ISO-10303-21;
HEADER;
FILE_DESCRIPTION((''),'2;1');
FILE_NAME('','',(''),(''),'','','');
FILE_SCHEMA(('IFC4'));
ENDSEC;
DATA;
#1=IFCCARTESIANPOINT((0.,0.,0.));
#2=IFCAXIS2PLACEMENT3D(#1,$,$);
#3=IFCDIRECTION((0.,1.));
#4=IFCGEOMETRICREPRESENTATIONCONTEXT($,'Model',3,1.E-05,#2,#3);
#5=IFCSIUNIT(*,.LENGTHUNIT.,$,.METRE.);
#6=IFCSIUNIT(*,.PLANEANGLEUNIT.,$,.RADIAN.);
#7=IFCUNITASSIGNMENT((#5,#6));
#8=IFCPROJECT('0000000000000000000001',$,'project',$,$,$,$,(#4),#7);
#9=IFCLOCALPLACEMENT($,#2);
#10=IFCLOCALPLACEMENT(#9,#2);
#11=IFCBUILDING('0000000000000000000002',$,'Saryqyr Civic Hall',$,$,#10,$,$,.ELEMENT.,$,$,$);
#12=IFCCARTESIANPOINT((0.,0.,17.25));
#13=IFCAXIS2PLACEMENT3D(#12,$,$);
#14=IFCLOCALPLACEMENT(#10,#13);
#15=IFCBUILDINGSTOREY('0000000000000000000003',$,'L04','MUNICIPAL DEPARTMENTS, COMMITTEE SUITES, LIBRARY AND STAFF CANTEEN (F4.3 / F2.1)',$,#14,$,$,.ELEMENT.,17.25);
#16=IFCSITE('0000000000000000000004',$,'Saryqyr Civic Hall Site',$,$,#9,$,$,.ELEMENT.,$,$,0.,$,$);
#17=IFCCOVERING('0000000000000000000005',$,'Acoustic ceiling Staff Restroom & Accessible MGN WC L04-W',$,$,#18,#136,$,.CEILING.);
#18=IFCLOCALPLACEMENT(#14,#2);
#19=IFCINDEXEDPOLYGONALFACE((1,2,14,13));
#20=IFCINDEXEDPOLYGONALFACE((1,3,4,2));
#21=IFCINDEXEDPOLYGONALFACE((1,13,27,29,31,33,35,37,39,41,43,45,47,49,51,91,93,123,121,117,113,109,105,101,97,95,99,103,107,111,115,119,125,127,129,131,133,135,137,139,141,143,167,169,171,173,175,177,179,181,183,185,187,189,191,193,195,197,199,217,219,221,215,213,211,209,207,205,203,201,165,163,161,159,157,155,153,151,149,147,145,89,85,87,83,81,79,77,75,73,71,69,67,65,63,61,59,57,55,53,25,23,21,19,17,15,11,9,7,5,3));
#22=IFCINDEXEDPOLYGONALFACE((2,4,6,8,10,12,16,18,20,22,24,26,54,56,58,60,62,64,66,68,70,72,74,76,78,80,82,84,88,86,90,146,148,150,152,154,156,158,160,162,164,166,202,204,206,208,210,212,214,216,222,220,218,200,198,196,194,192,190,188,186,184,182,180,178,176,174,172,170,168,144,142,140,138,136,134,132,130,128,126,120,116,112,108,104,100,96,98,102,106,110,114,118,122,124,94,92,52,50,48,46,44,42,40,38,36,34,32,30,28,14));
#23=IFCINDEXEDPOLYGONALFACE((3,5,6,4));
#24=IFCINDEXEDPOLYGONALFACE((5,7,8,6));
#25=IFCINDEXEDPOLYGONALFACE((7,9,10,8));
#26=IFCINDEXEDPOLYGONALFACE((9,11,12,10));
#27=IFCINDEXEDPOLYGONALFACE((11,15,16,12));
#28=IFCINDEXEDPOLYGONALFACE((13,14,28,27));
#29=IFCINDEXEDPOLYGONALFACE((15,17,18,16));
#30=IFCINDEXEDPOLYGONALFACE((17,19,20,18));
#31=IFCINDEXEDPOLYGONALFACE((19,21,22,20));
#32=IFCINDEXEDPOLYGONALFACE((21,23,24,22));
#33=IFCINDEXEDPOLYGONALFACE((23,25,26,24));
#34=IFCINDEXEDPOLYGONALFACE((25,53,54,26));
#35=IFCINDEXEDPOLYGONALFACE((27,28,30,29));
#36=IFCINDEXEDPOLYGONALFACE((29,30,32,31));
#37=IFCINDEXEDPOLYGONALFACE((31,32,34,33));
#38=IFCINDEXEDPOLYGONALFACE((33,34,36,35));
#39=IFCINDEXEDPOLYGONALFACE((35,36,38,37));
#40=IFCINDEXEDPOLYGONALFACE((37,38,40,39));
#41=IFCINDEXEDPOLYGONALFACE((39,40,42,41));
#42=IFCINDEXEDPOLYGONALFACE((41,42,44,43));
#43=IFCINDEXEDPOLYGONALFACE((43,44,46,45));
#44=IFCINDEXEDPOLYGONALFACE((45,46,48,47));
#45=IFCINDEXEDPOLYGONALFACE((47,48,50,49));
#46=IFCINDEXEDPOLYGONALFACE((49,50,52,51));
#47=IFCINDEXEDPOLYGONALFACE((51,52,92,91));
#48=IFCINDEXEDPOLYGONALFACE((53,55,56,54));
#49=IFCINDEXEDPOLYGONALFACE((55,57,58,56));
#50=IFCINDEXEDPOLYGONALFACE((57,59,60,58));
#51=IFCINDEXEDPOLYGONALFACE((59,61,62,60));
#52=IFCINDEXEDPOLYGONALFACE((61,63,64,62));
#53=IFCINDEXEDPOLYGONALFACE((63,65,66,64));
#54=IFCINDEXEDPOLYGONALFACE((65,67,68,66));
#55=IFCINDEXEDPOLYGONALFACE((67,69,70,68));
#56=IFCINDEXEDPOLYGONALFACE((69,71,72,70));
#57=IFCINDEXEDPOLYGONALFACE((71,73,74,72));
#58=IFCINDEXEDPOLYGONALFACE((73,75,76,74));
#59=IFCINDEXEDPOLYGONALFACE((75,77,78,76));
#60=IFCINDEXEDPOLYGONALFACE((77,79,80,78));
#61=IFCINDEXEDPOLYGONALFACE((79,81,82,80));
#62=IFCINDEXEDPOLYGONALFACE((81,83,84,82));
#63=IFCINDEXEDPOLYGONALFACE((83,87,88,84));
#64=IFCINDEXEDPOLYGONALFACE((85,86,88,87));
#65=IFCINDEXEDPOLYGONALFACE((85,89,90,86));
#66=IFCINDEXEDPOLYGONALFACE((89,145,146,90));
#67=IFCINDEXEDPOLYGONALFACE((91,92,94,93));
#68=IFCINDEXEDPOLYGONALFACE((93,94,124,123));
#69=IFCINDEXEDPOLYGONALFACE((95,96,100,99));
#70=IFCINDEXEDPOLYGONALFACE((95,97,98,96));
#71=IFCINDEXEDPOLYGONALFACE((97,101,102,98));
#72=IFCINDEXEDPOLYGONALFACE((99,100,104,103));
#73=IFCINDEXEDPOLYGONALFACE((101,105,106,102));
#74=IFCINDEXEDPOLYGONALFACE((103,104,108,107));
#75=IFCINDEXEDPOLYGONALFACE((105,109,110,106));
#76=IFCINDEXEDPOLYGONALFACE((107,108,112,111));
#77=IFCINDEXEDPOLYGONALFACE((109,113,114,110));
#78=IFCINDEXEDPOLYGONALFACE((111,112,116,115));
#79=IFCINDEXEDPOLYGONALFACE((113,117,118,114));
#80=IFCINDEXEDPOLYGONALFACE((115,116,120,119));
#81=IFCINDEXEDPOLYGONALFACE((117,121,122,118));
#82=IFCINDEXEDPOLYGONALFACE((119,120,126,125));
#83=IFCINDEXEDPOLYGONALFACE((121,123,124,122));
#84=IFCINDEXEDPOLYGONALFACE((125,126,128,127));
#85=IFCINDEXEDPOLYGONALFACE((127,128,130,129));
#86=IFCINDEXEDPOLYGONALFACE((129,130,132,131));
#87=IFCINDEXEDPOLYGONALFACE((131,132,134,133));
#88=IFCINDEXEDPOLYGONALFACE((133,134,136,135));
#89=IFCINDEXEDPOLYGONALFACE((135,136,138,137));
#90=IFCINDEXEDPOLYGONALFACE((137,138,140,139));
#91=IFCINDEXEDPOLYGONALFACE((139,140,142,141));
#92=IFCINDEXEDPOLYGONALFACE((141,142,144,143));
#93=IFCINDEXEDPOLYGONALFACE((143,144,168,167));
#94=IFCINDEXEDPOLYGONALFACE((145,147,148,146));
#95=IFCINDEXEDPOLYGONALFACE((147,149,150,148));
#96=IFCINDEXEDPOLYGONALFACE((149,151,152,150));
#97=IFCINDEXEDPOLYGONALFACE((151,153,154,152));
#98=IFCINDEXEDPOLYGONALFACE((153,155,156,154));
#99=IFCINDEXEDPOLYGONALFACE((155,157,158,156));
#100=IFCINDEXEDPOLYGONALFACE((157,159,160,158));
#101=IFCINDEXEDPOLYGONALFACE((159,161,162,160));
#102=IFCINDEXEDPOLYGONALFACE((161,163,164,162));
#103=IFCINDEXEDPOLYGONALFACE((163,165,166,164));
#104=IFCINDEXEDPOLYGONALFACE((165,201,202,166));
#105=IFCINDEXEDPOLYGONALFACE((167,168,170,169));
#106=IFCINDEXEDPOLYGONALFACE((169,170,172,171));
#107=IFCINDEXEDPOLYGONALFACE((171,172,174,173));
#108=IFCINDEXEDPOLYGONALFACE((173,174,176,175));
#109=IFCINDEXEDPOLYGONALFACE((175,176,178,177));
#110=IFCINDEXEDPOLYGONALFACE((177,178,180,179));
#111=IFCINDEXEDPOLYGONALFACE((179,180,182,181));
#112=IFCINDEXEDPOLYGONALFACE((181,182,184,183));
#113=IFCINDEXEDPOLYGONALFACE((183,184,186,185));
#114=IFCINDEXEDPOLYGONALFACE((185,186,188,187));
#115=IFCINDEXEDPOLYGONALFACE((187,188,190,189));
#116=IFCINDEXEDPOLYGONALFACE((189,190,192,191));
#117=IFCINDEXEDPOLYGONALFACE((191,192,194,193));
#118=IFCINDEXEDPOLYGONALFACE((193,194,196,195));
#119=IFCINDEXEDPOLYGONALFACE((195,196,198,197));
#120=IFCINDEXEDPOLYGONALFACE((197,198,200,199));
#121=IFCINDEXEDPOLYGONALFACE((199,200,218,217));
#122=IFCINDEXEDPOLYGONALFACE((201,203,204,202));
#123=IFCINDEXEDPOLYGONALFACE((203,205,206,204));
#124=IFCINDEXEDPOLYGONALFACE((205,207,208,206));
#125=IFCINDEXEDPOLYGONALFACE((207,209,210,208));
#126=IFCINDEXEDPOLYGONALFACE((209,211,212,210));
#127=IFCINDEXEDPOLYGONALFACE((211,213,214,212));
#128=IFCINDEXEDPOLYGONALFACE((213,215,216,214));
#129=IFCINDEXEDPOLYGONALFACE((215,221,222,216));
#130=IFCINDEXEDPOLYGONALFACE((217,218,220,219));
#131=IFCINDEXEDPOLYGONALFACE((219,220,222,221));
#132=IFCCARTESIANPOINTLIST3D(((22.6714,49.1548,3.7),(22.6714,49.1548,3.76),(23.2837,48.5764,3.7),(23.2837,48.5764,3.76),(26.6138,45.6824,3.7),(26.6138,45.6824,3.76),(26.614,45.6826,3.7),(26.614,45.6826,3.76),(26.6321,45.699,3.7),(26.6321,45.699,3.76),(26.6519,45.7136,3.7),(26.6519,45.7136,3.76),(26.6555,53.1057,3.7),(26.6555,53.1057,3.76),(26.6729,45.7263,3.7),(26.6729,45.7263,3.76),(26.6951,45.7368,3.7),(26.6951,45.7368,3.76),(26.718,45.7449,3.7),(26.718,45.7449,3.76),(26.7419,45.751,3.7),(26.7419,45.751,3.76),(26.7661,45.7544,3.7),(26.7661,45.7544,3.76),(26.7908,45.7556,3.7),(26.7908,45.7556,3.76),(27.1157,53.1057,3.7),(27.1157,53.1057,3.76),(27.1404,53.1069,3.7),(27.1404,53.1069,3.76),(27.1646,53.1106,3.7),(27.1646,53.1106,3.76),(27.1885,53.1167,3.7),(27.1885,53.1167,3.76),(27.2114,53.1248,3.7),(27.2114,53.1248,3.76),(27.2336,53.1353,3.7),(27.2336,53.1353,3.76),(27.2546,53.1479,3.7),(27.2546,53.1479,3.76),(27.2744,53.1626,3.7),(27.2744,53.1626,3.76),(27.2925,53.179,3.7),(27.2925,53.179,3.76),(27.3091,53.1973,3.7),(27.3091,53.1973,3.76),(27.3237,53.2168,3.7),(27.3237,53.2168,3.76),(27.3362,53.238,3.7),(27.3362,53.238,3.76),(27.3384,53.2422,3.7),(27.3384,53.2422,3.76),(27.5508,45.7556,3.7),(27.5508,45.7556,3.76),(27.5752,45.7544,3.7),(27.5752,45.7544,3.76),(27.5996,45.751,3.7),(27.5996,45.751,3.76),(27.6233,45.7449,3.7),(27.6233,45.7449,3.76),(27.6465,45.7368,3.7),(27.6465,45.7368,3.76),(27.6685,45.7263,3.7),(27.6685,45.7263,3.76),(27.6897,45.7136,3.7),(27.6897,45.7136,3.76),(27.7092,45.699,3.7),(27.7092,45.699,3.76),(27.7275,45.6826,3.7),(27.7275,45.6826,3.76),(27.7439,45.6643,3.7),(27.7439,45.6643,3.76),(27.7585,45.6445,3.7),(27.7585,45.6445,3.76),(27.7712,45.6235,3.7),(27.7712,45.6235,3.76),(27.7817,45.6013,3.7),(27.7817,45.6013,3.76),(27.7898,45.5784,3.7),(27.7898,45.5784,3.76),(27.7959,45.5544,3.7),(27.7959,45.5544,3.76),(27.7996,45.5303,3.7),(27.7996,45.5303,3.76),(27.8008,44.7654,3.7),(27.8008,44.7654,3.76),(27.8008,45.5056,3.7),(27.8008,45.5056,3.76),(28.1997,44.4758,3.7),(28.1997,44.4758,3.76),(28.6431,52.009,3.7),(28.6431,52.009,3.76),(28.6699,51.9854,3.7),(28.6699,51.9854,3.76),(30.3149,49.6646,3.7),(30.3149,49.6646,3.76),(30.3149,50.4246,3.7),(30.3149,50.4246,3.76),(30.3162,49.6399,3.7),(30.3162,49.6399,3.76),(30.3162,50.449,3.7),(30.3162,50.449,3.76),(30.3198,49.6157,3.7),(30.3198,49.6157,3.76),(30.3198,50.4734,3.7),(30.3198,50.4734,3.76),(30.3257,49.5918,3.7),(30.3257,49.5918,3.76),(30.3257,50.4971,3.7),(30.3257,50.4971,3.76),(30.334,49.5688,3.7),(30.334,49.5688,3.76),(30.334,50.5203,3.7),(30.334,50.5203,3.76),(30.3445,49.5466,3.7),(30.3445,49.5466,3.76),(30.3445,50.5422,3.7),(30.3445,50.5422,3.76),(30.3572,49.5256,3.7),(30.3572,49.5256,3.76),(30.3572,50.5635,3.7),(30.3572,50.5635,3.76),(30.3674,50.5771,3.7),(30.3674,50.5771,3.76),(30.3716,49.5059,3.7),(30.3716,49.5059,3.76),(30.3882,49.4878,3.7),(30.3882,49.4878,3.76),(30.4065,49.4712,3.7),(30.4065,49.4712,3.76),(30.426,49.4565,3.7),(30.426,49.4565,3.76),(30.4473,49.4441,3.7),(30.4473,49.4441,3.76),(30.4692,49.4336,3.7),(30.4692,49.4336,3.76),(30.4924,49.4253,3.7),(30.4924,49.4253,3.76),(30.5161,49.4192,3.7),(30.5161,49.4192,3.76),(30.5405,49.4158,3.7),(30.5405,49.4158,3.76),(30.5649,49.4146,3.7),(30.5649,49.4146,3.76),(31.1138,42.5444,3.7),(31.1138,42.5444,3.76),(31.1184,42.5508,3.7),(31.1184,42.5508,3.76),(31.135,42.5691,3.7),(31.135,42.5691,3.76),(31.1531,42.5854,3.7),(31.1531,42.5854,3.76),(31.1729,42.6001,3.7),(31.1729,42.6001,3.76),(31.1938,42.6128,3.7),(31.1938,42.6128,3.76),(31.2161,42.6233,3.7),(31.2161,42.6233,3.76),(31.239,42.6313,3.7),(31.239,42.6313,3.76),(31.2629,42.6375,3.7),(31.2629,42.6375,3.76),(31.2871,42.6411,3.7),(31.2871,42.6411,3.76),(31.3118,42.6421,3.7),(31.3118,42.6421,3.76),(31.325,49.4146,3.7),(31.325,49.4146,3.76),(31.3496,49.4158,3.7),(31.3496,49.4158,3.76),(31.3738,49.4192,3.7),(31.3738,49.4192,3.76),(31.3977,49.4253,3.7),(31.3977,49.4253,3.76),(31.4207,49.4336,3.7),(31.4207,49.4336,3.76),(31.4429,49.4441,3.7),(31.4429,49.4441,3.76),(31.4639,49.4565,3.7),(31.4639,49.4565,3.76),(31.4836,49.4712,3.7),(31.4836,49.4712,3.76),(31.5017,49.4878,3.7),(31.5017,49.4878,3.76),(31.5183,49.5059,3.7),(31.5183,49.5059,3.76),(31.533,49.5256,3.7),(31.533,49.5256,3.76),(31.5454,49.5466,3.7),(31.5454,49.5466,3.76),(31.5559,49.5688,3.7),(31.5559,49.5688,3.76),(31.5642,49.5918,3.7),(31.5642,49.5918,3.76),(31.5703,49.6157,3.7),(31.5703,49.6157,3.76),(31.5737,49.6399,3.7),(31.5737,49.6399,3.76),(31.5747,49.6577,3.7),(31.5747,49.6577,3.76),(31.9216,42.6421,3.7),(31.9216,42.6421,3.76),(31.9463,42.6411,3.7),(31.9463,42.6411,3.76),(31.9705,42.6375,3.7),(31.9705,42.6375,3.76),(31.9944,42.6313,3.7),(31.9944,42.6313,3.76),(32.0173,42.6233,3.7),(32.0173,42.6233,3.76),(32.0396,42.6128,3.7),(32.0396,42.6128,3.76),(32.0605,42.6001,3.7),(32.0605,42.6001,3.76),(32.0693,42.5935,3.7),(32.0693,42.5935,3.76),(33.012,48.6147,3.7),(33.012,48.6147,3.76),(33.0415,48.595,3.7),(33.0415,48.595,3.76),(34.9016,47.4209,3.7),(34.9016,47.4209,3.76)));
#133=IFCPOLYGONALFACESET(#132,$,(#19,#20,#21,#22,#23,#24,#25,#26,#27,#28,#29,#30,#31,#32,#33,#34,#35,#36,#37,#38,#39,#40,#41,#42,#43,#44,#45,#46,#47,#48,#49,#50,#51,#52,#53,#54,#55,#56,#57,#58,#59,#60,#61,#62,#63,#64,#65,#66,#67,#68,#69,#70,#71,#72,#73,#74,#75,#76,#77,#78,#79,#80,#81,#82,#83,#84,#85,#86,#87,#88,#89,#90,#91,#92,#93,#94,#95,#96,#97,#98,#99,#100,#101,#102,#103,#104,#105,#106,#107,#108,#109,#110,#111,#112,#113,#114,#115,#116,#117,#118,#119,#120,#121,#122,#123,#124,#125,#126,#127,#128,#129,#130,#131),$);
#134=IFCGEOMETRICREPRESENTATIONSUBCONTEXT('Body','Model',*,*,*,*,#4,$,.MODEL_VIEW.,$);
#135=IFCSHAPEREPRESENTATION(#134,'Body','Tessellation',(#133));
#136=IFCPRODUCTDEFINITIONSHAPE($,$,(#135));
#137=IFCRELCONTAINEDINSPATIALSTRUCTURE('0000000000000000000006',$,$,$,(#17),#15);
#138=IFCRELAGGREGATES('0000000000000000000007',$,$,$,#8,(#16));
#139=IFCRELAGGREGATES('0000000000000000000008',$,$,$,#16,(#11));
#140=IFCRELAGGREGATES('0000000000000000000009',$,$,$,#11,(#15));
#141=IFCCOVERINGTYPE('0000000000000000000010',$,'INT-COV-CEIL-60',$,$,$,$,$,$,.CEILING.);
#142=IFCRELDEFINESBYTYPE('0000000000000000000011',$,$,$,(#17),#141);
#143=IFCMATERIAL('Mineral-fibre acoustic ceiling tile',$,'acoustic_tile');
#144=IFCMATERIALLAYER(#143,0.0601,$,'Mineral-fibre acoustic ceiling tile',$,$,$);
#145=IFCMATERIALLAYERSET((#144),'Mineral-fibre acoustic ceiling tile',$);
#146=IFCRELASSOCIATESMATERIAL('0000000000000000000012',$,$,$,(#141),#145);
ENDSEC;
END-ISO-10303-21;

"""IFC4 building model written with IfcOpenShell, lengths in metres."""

from ifc_helpers import new_model, si_unit, direction, frame, origin, place, context, subcontext, project, spatial, polyline, outline, extrude, material, layer, layer_set, type_object, element, save


model = new_model("IFC4")

# Units and contexts
model_context = context("Model", 3, precision=1e-05, world=origin(), true_north=direction((0.0, 1.0)))
body_context = subcontext(model_context, "Body", "Model", "MODEL_VIEW")
ifc_project = project(units=[si_unit("LENGTHUNIT", "METRE"), si_unit("PLANEANGLEUNIT", "RADIAN")], contexts=[model_context])

# Site, building, storey
site_placement = place(None, origin())
site = spatial("IfcSite", under=ifc_project, at=site_placement, Name="Saryqyr Civic Hall Site", CompositionType="ELEMENT", RefElevation=0.0)
building_placement = place(site_placement, origin())
building = spatial("IfcBuilding", under=site, at=building_placement, Name="Saryqyr Civic Hall", CompositionType="ELEMENT")
storey_placement = place(building_placement, frame((0.0, 0.0, 17.25)))
storey = spatial("IfcBuildingStorey", under=building, at=storey_placement, Name="L04", Description="MUNICIPAL DEPARTMENTS, COMMITTEE SUITES, LIBRARY AND STAFF CANTEEN (F4.3 / F2.1)", CompositionType="ELEMENT", Elevation=17.25)

# Covering
ifc_material_1 = material(Name="Mineral-fibre acoustic ceiling tile", Category="acoustic_tile")
ifc_layer_1 = layer(ifc_material_1, 0.0601, Name="Mineral-fibre acoustic ceiling tile")
ifc_layer_set_1 = layer_set([ifc_layer_1], Name="Mineral-fibre acoustic ceiling tile")
covering_type = type_object("IfcCoveringType", Name="INT-COV-CEIL-60", PredefinedType="CEILING", material=ifc_layer_set_1)
covering_1_placement = place(storey_placement, frame((0.0, 0.0, 3.7)))
element("IfcCovering", 1, at=covering_1_placement, inside=storey, type_object=covering_type, Name="Acoustic ceiling Staff Restroom & Accessible MGN WC L04-W", PredefinedType="CEILING", context=body_context, shape_type="SweptSolid", body=[
    extrude(outline(polyline([(30.3572, 50.5635), (30.3445, 50.5422), (30.334, 50.5203), (30.3257, 50.4971), (30.3198, 50.4734), (30.3162, 50.449), (30.3149, 50.4246), (30.3149, 49.6646), (30.3162, 49.6399), (30.3198, 49.6157), (30.3257, 49.5918), (30.334, 49.5688), (30.3445, 49.5466), (30.3572, 49.5256), (30.3716, 49.5059), (30.3882, 49.4878), (30.4065, 49.4712), (30.426, 49.4565), (30.4473, 49.4441), (30.4692, 49.4336), (30.4924, 49.4253), (30.5161, 49.4192), (30.5405, 49.4158), (30.5649, 49.4146), (31.325, 49.4146), (31.3496, 49.4158), (31.3738, 49.4192), (31.3977, 49.4253), (31.4207, 49.4336), (31.4429, 49.4441), (31.4639, 49.4565), (31.4836, 49.4712), (31.5017, 49.4878), (31.5183, 49.5059), (31.533, 49.5256), (31.5454, 49.5466), (31.5559, 49.5688), (31.5642, 49.5918), (31.5703, 49.6157), (31.5737, 49.6399), (31.5747, 49.6577), (33.012, 48.6147), (33.0415, 48.595), (34.9016, 47.4209), (32.0693, 42.5935), (32.0605, 42.6001), (32.0396, 42.6128), (32.0173, 42.6233), (31.9944, 42.6313), (31.9705, 42.6375), (31.9463, 42.6411), (31.9216, 42.6421), (31.3118, 42.6421), (31.2871, 42.6411), (31.2629, 42.6375), (31.239, 42.6313), (31.2161, 42.6233), (31.1938, 42.6128), (31.1729, 42.6001), (31.1531, 42.5854), (31.135, 42.5691), (31.1184, 42.5508), (31.1138, 42.5444), (28.1997, 44.4758), (27.8008, 44.7654), (27.8008, 45.5056), (27.7996, 45.5303), (27.7959, 45.5544), (27.7898, 45.5784), (27.7817, 45.6013), (27.7712, 45.6235), (27.7585, 45.6445), (27.7439, 45.6643), (27.7275, 45.6826), (27.7092, 45.699), (27.6897, 45.7136), (27.6685, 45.7263), (27.6465, 45.7368), (27.6233, 45.7449), (27.5996, 45.751), (27.5752, 45.7544), (27.5508, 45.7556), (26.7908, 45.7556), (26.7661, 45.7544), (26.7419, 45.751), (26.718, 45.7449), (26.6951, 45.7368), (26.6729, 45.7263), (26.6519, 45.7136), (26.6321, 45.699), (26.614, 45.6826), (26.6138, 45.6824), (23.2837, 48.5764), (22.6714, 49.1548), (26.6555, 53.1057), (27.1157, 53.1057), (27.1404, 53.1069), (27.1646, 53.1106), (27.1885, 53.1167), (27.2114, 53.1248), (27.2336, 53.1353), (27.2546, 53.1479), (27.2744, 53.1626), (27.2925, 53.179), (27.3091, 53.1973), (27.3237, 53.2168), (27.3362, 53.238), (27.3384, 53.2422), (28.6431, 52.009), (28.6699, 51.9854), (30.3674, 50.5771), (30.3572, 50.5635)])), origin(), (0.0, 0.0, 1.0), 0.0601),
])

save(model, "model.ifc")
